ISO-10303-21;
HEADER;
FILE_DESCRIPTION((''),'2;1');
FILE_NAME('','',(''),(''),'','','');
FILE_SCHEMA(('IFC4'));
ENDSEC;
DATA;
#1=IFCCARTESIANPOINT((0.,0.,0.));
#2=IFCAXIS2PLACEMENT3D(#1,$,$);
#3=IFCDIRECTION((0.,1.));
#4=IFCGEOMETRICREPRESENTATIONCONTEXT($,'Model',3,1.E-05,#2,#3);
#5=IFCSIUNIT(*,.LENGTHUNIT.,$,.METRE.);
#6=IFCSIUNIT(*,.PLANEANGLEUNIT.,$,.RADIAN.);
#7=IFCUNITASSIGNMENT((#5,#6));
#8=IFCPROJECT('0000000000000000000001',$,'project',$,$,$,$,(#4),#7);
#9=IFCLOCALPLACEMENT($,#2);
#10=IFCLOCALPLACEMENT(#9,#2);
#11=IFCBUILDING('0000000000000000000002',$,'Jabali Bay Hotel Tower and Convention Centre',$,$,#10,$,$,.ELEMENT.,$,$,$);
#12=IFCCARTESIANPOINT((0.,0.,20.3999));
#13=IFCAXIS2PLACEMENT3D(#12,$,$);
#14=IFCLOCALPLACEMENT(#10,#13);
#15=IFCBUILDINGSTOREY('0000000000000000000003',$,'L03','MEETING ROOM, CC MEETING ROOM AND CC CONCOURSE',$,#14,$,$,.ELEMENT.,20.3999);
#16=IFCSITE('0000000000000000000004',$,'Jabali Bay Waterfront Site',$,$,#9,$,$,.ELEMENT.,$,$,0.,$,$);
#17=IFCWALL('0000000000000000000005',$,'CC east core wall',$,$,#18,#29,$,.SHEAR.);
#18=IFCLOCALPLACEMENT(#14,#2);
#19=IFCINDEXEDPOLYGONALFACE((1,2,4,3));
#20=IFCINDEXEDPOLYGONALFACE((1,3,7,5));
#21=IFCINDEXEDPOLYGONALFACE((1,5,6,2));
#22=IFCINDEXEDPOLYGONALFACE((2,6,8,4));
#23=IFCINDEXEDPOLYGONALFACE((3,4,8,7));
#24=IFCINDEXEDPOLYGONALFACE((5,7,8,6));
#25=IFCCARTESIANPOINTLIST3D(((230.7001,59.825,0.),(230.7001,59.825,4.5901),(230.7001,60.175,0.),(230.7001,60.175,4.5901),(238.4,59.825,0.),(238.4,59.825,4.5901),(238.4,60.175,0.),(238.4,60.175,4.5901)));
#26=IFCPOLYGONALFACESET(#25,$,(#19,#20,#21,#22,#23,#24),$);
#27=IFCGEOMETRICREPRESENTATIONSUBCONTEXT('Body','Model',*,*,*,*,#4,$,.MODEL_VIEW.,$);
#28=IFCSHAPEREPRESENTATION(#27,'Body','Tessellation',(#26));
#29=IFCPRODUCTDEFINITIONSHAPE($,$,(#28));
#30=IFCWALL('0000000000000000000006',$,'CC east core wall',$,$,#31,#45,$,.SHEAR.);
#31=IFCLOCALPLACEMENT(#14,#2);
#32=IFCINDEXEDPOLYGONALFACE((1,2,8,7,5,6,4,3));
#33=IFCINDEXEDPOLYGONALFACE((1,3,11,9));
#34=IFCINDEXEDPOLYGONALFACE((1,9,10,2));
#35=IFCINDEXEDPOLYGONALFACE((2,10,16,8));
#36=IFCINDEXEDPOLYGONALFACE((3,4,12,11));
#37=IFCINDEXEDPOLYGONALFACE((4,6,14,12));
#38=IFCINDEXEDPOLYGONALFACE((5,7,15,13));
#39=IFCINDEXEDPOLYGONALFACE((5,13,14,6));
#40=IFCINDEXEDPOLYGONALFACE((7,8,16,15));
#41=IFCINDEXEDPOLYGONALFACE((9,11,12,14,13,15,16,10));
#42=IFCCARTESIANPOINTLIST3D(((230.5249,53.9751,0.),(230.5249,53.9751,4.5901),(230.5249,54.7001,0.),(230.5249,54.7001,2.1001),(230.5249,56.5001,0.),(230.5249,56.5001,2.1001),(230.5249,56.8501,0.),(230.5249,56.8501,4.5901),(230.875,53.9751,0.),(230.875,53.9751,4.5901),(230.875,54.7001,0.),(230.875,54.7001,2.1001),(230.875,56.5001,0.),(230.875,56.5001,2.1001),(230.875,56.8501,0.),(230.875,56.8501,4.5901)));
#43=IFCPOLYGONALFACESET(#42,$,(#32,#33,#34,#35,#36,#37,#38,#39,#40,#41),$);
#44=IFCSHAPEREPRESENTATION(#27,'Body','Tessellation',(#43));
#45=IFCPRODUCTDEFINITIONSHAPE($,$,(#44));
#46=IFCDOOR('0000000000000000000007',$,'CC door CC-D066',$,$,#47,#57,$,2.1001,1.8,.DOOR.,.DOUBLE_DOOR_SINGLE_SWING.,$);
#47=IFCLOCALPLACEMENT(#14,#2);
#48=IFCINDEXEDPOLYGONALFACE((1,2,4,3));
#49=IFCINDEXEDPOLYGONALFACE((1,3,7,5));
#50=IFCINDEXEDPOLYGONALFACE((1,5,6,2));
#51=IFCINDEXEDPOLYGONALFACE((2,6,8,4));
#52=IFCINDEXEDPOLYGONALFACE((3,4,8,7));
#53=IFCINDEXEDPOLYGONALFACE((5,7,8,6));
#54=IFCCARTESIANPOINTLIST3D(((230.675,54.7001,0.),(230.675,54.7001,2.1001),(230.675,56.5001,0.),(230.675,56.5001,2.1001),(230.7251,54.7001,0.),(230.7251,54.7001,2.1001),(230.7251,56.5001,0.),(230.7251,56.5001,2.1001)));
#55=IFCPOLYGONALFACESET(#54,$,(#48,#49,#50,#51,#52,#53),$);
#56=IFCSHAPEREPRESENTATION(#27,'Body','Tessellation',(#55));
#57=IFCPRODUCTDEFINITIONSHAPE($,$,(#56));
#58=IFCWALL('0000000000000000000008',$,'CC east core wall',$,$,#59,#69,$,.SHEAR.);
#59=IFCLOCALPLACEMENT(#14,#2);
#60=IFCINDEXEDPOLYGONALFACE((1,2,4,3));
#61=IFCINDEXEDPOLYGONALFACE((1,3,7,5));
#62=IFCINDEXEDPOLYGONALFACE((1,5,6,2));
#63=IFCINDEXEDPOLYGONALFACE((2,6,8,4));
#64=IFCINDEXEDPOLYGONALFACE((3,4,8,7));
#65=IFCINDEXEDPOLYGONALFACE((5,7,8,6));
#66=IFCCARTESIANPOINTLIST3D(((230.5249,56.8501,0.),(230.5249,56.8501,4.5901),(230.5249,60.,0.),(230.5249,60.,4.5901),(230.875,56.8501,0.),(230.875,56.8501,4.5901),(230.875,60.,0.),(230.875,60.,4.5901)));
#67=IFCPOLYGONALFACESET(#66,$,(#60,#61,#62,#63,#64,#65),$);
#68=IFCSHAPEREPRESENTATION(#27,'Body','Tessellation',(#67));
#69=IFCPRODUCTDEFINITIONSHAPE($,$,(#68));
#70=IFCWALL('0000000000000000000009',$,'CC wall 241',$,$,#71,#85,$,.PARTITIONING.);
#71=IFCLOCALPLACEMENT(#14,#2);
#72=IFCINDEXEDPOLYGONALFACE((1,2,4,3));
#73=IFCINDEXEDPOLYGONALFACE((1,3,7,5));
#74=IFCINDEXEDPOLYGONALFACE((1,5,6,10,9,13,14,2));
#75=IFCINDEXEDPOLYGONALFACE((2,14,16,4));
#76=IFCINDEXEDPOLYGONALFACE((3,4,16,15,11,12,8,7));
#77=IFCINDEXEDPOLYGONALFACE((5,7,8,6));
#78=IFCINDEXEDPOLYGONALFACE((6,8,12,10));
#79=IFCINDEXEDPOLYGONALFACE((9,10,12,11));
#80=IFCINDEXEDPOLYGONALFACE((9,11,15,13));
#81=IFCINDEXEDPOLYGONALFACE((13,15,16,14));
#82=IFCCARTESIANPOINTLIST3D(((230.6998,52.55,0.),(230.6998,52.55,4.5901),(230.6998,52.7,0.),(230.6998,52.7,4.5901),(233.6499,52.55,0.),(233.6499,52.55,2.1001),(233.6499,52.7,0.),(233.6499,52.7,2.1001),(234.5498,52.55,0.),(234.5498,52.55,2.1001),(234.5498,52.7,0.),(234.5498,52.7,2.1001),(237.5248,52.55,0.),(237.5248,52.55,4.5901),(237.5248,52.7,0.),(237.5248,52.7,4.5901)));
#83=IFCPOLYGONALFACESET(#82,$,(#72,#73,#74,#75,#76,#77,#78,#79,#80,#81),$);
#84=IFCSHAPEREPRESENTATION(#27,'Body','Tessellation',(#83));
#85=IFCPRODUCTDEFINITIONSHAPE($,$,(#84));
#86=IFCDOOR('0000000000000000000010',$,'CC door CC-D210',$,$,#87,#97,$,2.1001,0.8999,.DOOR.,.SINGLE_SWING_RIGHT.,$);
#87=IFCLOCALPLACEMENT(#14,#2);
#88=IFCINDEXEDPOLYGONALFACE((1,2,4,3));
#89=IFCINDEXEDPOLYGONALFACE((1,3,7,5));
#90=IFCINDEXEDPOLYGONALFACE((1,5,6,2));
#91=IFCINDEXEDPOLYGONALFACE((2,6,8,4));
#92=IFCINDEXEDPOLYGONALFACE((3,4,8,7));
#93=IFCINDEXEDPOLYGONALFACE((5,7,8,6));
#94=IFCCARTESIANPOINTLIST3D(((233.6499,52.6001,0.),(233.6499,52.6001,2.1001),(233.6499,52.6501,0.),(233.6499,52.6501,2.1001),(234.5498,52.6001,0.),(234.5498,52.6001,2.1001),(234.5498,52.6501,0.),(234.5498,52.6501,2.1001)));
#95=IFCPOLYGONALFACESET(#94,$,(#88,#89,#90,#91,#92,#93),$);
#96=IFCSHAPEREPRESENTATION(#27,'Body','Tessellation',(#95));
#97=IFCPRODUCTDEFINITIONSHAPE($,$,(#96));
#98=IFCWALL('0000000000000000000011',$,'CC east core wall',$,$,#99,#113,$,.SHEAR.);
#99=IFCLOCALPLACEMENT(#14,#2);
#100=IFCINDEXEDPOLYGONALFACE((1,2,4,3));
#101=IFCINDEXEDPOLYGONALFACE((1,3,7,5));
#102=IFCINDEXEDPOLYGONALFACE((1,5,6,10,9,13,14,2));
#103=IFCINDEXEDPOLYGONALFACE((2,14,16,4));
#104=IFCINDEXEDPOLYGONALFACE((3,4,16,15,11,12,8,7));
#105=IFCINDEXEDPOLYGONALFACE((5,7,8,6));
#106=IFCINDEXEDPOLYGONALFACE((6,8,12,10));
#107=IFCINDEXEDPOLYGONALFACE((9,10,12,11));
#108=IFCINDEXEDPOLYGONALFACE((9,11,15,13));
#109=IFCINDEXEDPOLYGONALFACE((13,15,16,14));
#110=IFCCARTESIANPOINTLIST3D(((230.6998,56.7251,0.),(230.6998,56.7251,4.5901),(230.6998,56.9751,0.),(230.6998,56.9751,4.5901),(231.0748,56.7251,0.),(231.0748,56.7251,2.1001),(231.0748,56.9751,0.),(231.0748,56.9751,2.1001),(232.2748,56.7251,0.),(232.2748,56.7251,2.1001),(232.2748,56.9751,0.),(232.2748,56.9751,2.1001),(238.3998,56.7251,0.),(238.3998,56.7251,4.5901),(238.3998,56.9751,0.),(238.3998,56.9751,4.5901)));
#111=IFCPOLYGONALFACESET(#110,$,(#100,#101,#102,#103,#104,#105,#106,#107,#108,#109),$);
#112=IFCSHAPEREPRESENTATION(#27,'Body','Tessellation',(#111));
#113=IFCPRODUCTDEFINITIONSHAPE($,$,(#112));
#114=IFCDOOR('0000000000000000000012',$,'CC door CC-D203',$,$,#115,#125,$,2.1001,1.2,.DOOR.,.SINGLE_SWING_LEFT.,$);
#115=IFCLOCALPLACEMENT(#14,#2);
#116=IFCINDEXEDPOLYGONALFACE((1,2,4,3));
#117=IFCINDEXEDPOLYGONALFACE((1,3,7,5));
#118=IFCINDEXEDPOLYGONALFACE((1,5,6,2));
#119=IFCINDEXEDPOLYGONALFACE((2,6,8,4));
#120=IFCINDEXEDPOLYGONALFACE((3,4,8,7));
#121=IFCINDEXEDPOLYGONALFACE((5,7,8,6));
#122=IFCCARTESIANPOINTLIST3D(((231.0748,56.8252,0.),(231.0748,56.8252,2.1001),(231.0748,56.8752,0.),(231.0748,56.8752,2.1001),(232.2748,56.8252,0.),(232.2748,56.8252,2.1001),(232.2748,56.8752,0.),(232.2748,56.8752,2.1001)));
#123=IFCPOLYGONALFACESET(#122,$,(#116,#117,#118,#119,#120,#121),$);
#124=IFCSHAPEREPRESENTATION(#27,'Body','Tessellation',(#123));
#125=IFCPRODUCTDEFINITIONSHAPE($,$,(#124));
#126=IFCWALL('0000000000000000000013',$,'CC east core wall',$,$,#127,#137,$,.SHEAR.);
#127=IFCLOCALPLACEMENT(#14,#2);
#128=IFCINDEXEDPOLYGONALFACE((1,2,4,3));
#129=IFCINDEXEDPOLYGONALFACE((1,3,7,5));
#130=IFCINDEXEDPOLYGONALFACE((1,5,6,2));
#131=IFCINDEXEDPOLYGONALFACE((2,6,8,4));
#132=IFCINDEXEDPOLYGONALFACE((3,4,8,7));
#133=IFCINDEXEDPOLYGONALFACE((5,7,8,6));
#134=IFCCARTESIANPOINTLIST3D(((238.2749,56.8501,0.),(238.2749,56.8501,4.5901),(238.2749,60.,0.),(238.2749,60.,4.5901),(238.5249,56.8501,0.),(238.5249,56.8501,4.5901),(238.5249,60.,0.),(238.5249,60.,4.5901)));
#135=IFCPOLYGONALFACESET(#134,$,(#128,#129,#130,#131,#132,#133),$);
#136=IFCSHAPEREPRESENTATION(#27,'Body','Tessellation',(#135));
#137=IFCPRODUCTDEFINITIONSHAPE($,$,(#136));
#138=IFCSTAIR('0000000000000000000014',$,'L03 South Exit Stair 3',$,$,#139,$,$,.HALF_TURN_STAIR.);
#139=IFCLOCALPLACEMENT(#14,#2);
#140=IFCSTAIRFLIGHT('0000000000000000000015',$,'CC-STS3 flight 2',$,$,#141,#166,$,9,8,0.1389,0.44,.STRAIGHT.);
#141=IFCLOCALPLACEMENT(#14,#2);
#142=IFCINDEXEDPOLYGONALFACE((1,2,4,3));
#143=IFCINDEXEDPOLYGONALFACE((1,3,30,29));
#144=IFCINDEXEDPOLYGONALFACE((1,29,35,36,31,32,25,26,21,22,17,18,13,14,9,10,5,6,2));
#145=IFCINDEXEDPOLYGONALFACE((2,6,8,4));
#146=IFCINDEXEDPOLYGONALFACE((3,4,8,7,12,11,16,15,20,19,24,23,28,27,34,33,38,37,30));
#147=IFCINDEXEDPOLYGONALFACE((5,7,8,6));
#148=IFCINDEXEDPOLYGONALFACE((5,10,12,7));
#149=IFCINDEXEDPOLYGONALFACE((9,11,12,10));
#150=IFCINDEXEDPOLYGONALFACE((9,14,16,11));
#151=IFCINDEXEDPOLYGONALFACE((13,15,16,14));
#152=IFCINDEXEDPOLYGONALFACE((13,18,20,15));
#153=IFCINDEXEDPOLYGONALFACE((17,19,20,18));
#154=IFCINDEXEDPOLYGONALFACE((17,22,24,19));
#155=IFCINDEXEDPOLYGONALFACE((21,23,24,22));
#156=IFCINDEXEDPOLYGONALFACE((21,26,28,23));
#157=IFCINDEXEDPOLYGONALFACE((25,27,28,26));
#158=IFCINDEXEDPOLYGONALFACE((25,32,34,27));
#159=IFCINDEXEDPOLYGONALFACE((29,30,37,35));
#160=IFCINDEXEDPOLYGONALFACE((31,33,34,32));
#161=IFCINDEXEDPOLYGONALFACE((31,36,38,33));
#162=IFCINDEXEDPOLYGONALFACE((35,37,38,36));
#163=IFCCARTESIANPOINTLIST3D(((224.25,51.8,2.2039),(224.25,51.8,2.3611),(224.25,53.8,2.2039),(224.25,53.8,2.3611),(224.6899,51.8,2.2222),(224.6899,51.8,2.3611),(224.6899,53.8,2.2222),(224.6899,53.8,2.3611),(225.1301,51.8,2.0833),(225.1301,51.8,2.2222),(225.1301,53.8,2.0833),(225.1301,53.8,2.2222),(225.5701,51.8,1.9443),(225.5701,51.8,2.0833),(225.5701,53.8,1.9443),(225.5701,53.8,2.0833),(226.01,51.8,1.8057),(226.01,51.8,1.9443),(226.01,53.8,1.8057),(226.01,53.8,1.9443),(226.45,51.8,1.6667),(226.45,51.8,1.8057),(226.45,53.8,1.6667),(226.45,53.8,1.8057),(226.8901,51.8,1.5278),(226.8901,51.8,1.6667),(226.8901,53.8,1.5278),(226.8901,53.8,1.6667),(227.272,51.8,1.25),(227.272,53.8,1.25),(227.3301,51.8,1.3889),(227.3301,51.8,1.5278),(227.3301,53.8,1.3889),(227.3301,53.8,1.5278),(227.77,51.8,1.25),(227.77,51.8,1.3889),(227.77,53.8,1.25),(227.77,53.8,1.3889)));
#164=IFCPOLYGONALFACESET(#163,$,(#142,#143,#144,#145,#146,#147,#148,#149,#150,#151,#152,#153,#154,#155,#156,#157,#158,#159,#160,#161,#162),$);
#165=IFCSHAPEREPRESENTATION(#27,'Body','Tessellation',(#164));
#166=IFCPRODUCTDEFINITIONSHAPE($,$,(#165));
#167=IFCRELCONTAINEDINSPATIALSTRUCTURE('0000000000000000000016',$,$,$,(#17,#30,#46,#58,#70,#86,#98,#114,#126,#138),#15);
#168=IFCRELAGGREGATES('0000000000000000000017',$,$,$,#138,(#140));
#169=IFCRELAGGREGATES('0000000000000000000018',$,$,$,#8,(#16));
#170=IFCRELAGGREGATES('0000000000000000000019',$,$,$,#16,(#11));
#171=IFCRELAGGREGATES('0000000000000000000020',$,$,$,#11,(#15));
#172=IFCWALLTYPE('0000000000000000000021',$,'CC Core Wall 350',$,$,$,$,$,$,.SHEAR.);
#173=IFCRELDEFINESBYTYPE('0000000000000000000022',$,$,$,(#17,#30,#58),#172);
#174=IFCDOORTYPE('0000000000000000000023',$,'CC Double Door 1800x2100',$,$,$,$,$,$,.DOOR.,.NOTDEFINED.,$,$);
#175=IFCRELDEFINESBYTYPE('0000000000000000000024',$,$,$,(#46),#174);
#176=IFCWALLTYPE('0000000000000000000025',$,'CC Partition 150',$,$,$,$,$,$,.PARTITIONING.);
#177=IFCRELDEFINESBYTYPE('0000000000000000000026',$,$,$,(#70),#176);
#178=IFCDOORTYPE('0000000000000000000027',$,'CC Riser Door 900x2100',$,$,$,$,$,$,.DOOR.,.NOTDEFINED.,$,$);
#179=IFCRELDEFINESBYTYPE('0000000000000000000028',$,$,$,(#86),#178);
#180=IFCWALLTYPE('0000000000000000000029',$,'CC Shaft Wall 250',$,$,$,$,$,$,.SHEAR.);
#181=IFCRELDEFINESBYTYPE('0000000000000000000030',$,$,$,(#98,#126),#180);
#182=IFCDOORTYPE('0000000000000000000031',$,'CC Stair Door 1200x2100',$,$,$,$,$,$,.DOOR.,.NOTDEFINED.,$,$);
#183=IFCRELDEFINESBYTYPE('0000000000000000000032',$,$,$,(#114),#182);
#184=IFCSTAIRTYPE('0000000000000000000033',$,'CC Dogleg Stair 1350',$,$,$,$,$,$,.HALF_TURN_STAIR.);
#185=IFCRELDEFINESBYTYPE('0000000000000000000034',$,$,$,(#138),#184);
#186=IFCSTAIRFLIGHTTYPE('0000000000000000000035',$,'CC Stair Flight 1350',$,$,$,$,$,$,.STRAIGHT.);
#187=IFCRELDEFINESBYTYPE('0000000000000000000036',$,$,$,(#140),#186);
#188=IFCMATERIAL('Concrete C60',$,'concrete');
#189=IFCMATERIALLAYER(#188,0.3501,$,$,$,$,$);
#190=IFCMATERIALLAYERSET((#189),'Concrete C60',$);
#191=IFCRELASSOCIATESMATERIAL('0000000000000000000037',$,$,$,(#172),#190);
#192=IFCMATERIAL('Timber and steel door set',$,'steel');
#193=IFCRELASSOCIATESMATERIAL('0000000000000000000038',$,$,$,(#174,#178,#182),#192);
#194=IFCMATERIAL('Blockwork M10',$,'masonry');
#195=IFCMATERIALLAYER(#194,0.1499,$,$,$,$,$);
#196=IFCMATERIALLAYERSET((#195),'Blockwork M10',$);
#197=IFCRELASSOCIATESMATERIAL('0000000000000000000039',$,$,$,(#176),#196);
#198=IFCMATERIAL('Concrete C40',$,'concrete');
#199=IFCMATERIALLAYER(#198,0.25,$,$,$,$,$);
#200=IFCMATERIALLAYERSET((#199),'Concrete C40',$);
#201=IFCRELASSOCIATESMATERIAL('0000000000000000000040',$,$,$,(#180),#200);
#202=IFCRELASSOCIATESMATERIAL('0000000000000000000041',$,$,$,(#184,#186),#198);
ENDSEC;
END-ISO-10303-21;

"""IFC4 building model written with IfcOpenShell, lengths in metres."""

from ifc_helpers import new_model, si_unit, direction, frame, frame_2d, origin, place, context, subcontext, project, spatial, polyline, rectangle, outline, extrude, material, layer, layer_set, type_object, element, fill, aggregate, save


model = new_model("IFC4")

# Units and contexts
model_context = context("Model", 3, precision=1e-05, world=origin(), true_north=direction((0.0, 1.0)))
body_context = subcontext(model_context, "Body", "Model", "MODEL_VIEW")
ifc_project = project(units=[si_unit("LENGTHUNIT", "METRE"), si_unit("PLANEANGLEUNIT", "RADIAN")], contexts=[model_context])

# Site, building, storey
site_placement = place(None, origin())
site = spatial("IfcSite", under=ifc_project, at=site_placement, Name="Jabali Bay Waterfront Site", CompositionType="ELEMENT", RefElevation=0.0)
building_placement = place(site_placement, origin())
building = spatial("IfcBuilding", under=site, at=building_placement, Name="Jabali Bay Hotel Tower and Convention Centre", CompositionType="ELEMENT")
storey_placement = place(building_placement, frame((0.0, 0.0, 20.3999)))
storey = spatial("IfcBuildingStorey", under=building, at=storey_placement, Name="L03", Description="MEETING ROOM, CC MEETING ROOM AND CC CONCOURSE", CompositionType="ELEMENT", Elevation=20.3999)

# Wall
ifc_material_1 = material(Name="Concrete C60", Category="concrete")
ifc_layer_1 = layer(ifc_material_1, 0.3501)
ifc_layer_set_1 = layer_set([ifc_layer_1], Name="Concrete C60")
wall_type_1 = type_object("IfcWallType", Name="CC Core Wall 350", PredefinedType="SHEAR", material=ifc_layer_set_1)
wall_1_placement = place(storey_placement, frame((230.7, 60.0, 0.0), z_axis=(0.0, 0.0, 1.0), x_axis=(1.0, 0.0, 0.0)))
element("IfcWall", 1, at=wall_1_placement, inside=storey, type_object=wall_type_1, Name="CC east core wall", PredefinedType="SHEAR", context=body_context, shape_type="SweptSolid", body=[
    extrude(rectangle(XDim=7.7, YDim=0.3501, at=frame_2d((3.8501, 0.0))), origin(), (0.0, 0.0, 1.0), 4.5901),
])

# Wall, opening, door
wall_2_placement = place(storey_placement, frame((230.7, 53.9751, 0.0), z_axis=(0.0, 0.0, 1.0), x_axis=(0.0, 1.0, 0.0)))
wall_2 = element("IfcWall", 2, at=wall_2_placement, inside=storey, type_object=wall_type_1, Name="CC east core wall", PredefinedType="SHEAR", context=body_context, shape_type="SweptSolid", body=[
    extrude(rectangle(XDim=2.875, YDim=0.3501, at=frame_2d((1.4375, 0.0))), origin(), (0.0, 0.0, 1.0), 4.5901),
])
opening_1_placement = place(wall_2_placement, frame((0.7251, 0.0, 0.0)))
opening_1 = element("IfcOpeningElement", 3, at=opening_1_placement, cuts=wall_2, PredefinedType="OPENING", context=body_context, shape_type="SweptSolid", body=[
    extrude(rectangle(XDim=1.8, YDim=2.1001, at=frame_2d((0.8999, 1.05))), frame((0.0, 0.1855, 0.0), z_axis=(0.0, -1.0, 0.0), x_axis=(1.0, 0.0, 0.0)), (0.0, 0.0, 1.0), 0.3711),
])
ifc_material_2 = material(Name="Timber and steel door set", Category="steel")
door_type_1 = type_object("IfcDoorType", Name="CC Double Door 1800x2100", OperationType="NOTDEFINED", PredefinedType="DOOR", material=ifc_material_2)
door_1_placement = place(opening_1_placement, origin())
door_1 = element("IfcDoor", 4, at=door_1_placement, inside=storey, type_object=door_type_1, Name="CC door CC-D066", OperationType="DOUBLE_DOOR_SINGLE_SWING", OverallHeight=2.1001, OverallWidth=1.8, PredefinedType="DOOR", context=body_context, shape_type="SweptSolid", body=[
    extrude(rectangle(XDim=1.8, YDim=2.1001, at=frame_2d((0.8999, 1.05))), frame((0.0, 0.0249, 0.0), z_axis=(0.0, -1.0, 0.0), x_axis=(1.0, 0.0, 0.0)), (0.0, 0.0, 1.0), 0.05),
])
fill(opening_1, door_1)

# Wall
wall_3_placement = place(storey_placement, frame((230.7, 56.8501, 0.0), z_axis=(0.0, 0.0, 1.0), x_axis=(0.0, 1.0, 0.0)))
element("IfcWall", 5, at=wall_3_placement, inside=storey, type_object=wall_type_1, Name="CC east core wall", PredefinedType="SHEAR", context=body_context, shape_type="SweptSolid", body=[
    extrude(rectangle(XDim=3.1499, YDim=0.3501, at=frame_2d((1.575, 0.0))), origin(), (0.0, 0.0, 1.0), 4.5901),
])

# Walls, openings, doors
ifc_material_3 = material(Name="Blockwork M10", Category="masonry")
ifc_layer_2 = layer(ifc_material_3, 0.1499)
ifc_layer_set_2 = layer_set([ifc_layer_2], Name="Blockwork M10")
wall_type_2 = type_object("IfcWallType", Name="CC Partition 150", PredefinedType="PARTITIONING", material=ifc_layer_set_2)
wall_4_placement = place(storey_placement, frame((237.5249, 52.625, 0.0), z_axis=(0.0, 0.0, 1.0), x_axis=(-1.0, 0.0, 0.0)))
wall_4 = element("IfcWall", 6, at=wall_4_placement, inside=storey, type_object=wall_type_2, Name="CC wall 241", PredefinedType="PARTITIONING", context=body_context, shape_type="SweptSolid", body=[
    extrude(rectangle(XDim=6.825, YDim=0.1499, at=frame_2d((3.4126, 0.0))), origin(), (0.0, 0.0, 1.0), 4.5901),
])
opening_2_placement = place(wall_4_placement, frame((2.9751, 0.0, 0.0)))
opening_2 = element("IfcOpeningElement", 7, at=opening_2_placement, cuts=wall_4, PredefinedType="OPENING", context=body_context, shape_type="SweptSolid", body=[
    extrude(rectangle(XDim=0.8999, YDim=2.1001, at=frame_2d((0.45, 1.05))), frame((0.0, 0.0854, 0.0), z_axis=(0.0, -1.0, 0.0), x_axis=(1.0, 0.0, 0.0)), (0.0, 0.0, 1.0), 0.1709),
])
door_type_2 = type_object("IfcDoorType", Name="CC Riser Door 900x2100", OperationType="NOTDEFINED", PredefinedType="DOOR", material=ifc_material_2)
door_2_placement = place(opening_2_placement, origin())
door_2 = element("IfcDoor", 8, at=door_2_placement, inside=storey, type_object=door_type_2, Name="CC door CC-D210", OperationType="SINGLE_SWING_RIGHT", OverallHeight=2.1001, OverallWidth=0.8999, PredefinedType="DOOR", context=body_context, shape_type="SweptSolid", body=[
    extrude(rectangle(XDim=0.8999, YDim=2.1001, at=frame_2d((0.45, 1.05))), frame((0.0, 0.0249, 0.0), z_axis=(0.0, -1.0, 0.0), x_axis=(1.0, 0.0, 0.0)), (0.0, 0.0, 1.0), 0.05),
])
fill(opening_2, door_2)
ifc_material_4 = material(Name="Concrete C40", Category="concrete")
ifc_layer_3 = layer(ifc_material_4, 0.25)
ifc_layer_set_3 = layer_set([ifc_layer_3], Name="Concrete C40")
wall_type_3 = type_object("IfcWallType", Name="CC Shaft Wall 250", PredefinedType="SHEAR", material=ifc_layer_set_3)
wall_5_placement = place(storey_placement, frame((238.3999, 56.8501, 0.0), z_axis=(0.0, 0.0, 1.0), x_axis=(-1.0, 0.0, 0.0)))
wall_5 = element("IfcWall", 9, at=wall_5_placement, inside=storey, type_object=wall_type_3, Name="CC east core wall", PredefinedType="SHEAR", context=body_context, shape_type="SweptSolid", body=[
    extrude(rectangle(XDim=7.7, YDim=0.25, at=frame_2d((3.8501, 0.0))), origin(), (0.0, 0.0, 1.0), 4.5901),
])
opening_3_placement = place(wall_5_placement, frame((6.125, 0.0, 0.0)))
opening_3 = element("IfcOpeningElement", 10, at=opening_3_placement, cuts=wall_5, PredefinedType="OPENING", context=body_context, shape_type="SweptSolid", body=[
    extrude(rectangle(XDim=1.2, YDim=2.1001, at=frame_2d((0.6001, 1.05))), frame((0.0, 0.1355, 0.0), z_axis=(0.0, -1.0, 0.0), x_axis=(1.0, 0.0, 0.0)), (0.0, 0.0, 1.0), 0.271),
])
door_type_3 = type_object("IfcDoorType", Name="CC Stair Door 1200x2100", OperationType="NOTDEFINED", PredefinedType="DOOR", material=ifc_material_2)
door_3_placement = place(opening_3_placement, origin())
door_3 = element("IfcDoor", 11, at=door_3_placement, inside=storey, type_object=door_type_3, Name="CC door CC-D203", OperationType="SINGLE_SWING_LEFT", OverallHeight=2.1001, OverallWidth=1.2, PredefinedType="DOOR", context=body_context, shape_type="SweptSolid", body=[
    extrude(rectangle(XDim=1.2, YDim=2.1001, at=frame_2d((0.6001, 1.05))), frame((0.0, 0.0249, 0.0), z_axis=(0.0, -1.0, 0.0), x_axis=(1.0, 0.0, 0.0)), (0.0, 0.0, 1.0), 0.05),
])
fill(opening_3, door_3)

# Wall
wall_6_placement = place(storey_placement, frame((238.3999, 56.8501, 0.0), z_axis=(0.0, 0.0, 1.0), x_axis=(0.0, 1.0, 0.0)))
element("IfcWall", 12, at=wall_6_placement, inside=storey, type_object=wall_type_3, Name="CC east core wall", PredefinedType="SHEAR", context=body_context, shape_type="SweptSolid", body=[
    extrude(rectangle(XDim=3.1499, YDim=0.25, at=frame_2d((1.575, 0.0))), origin(), (0.0, 0.0, 1.0), 4.5901),
])

# Stair, stair flight
stair_type = type_object("IfcStairType", Name="CC Dogleg Stair 1350", PredefinedType="HALF_TURN_STAIR", material=ifc_material_4)
stair_placement = place(storey_placement, origin())
stair = element("IfcStair", 13, at=stair_placement, inside=storey, type_object=stair_type, Name="L03 South Exit Stair 3", PredefinedType="HALF_TURN_STAIR")
stair_flight_type = type_object("IfcStairFlightType", Name="CC Stair Flight 1350", PredefinedType="STRAIGHT", material=ifc_material_4)
stair_flight_1_placement = place(storey_placement, frame((227.77, 52.8, 1.25), z_axis=(0.0, 0.0, 1.0), x_axis=(-1.0, 0.0, 0.0)))
stair_flight_1 = element("IfcStairFlight", 14, at=stair_flight_1_placement, type_object=stair_flight_type, Name="CC-STS3 flight 2", NumberOfRisers=9, NumberOfTreads=8, PredefinedType="STRAIGHT", RiserHeight=0.1389, TreadLength=0.44, context=body_context, shape_type="SweptSolid", body=[
    extrude(outline(polyline([(0.0, 0.0), (0.0, 0.1389), (0.4399, 0.1389), (0.4399, 0.2778), (0.8799, 0.2778), (0.8799, 0.4167), (1.3201, 0.4167), (1.3201, 0.5557), (1.76, 0.5557), (1.76, 0.6943), (2.2, 0.6943), (2.2, 0.8333), (2.6399, 0.8333), (2.6399, 0.9722), (3.0801, 0.9722), (3.0801, 1.1111), (3.52, 1.1111), (3.52, 1.25), (3.52, 0.9539), (0.498, 0.0), (0.0, 0.0)])), frame((0.0, 1.0, 0.0), z_axis=(0.0, -1.0, 0.0), x_axis=(1.0, 0.0, 0.0)), (0.0, 0.0, 1.0), 2.0),
])
aggregate(stair, [stair_flight_1])

save(model, "model.ifc")
